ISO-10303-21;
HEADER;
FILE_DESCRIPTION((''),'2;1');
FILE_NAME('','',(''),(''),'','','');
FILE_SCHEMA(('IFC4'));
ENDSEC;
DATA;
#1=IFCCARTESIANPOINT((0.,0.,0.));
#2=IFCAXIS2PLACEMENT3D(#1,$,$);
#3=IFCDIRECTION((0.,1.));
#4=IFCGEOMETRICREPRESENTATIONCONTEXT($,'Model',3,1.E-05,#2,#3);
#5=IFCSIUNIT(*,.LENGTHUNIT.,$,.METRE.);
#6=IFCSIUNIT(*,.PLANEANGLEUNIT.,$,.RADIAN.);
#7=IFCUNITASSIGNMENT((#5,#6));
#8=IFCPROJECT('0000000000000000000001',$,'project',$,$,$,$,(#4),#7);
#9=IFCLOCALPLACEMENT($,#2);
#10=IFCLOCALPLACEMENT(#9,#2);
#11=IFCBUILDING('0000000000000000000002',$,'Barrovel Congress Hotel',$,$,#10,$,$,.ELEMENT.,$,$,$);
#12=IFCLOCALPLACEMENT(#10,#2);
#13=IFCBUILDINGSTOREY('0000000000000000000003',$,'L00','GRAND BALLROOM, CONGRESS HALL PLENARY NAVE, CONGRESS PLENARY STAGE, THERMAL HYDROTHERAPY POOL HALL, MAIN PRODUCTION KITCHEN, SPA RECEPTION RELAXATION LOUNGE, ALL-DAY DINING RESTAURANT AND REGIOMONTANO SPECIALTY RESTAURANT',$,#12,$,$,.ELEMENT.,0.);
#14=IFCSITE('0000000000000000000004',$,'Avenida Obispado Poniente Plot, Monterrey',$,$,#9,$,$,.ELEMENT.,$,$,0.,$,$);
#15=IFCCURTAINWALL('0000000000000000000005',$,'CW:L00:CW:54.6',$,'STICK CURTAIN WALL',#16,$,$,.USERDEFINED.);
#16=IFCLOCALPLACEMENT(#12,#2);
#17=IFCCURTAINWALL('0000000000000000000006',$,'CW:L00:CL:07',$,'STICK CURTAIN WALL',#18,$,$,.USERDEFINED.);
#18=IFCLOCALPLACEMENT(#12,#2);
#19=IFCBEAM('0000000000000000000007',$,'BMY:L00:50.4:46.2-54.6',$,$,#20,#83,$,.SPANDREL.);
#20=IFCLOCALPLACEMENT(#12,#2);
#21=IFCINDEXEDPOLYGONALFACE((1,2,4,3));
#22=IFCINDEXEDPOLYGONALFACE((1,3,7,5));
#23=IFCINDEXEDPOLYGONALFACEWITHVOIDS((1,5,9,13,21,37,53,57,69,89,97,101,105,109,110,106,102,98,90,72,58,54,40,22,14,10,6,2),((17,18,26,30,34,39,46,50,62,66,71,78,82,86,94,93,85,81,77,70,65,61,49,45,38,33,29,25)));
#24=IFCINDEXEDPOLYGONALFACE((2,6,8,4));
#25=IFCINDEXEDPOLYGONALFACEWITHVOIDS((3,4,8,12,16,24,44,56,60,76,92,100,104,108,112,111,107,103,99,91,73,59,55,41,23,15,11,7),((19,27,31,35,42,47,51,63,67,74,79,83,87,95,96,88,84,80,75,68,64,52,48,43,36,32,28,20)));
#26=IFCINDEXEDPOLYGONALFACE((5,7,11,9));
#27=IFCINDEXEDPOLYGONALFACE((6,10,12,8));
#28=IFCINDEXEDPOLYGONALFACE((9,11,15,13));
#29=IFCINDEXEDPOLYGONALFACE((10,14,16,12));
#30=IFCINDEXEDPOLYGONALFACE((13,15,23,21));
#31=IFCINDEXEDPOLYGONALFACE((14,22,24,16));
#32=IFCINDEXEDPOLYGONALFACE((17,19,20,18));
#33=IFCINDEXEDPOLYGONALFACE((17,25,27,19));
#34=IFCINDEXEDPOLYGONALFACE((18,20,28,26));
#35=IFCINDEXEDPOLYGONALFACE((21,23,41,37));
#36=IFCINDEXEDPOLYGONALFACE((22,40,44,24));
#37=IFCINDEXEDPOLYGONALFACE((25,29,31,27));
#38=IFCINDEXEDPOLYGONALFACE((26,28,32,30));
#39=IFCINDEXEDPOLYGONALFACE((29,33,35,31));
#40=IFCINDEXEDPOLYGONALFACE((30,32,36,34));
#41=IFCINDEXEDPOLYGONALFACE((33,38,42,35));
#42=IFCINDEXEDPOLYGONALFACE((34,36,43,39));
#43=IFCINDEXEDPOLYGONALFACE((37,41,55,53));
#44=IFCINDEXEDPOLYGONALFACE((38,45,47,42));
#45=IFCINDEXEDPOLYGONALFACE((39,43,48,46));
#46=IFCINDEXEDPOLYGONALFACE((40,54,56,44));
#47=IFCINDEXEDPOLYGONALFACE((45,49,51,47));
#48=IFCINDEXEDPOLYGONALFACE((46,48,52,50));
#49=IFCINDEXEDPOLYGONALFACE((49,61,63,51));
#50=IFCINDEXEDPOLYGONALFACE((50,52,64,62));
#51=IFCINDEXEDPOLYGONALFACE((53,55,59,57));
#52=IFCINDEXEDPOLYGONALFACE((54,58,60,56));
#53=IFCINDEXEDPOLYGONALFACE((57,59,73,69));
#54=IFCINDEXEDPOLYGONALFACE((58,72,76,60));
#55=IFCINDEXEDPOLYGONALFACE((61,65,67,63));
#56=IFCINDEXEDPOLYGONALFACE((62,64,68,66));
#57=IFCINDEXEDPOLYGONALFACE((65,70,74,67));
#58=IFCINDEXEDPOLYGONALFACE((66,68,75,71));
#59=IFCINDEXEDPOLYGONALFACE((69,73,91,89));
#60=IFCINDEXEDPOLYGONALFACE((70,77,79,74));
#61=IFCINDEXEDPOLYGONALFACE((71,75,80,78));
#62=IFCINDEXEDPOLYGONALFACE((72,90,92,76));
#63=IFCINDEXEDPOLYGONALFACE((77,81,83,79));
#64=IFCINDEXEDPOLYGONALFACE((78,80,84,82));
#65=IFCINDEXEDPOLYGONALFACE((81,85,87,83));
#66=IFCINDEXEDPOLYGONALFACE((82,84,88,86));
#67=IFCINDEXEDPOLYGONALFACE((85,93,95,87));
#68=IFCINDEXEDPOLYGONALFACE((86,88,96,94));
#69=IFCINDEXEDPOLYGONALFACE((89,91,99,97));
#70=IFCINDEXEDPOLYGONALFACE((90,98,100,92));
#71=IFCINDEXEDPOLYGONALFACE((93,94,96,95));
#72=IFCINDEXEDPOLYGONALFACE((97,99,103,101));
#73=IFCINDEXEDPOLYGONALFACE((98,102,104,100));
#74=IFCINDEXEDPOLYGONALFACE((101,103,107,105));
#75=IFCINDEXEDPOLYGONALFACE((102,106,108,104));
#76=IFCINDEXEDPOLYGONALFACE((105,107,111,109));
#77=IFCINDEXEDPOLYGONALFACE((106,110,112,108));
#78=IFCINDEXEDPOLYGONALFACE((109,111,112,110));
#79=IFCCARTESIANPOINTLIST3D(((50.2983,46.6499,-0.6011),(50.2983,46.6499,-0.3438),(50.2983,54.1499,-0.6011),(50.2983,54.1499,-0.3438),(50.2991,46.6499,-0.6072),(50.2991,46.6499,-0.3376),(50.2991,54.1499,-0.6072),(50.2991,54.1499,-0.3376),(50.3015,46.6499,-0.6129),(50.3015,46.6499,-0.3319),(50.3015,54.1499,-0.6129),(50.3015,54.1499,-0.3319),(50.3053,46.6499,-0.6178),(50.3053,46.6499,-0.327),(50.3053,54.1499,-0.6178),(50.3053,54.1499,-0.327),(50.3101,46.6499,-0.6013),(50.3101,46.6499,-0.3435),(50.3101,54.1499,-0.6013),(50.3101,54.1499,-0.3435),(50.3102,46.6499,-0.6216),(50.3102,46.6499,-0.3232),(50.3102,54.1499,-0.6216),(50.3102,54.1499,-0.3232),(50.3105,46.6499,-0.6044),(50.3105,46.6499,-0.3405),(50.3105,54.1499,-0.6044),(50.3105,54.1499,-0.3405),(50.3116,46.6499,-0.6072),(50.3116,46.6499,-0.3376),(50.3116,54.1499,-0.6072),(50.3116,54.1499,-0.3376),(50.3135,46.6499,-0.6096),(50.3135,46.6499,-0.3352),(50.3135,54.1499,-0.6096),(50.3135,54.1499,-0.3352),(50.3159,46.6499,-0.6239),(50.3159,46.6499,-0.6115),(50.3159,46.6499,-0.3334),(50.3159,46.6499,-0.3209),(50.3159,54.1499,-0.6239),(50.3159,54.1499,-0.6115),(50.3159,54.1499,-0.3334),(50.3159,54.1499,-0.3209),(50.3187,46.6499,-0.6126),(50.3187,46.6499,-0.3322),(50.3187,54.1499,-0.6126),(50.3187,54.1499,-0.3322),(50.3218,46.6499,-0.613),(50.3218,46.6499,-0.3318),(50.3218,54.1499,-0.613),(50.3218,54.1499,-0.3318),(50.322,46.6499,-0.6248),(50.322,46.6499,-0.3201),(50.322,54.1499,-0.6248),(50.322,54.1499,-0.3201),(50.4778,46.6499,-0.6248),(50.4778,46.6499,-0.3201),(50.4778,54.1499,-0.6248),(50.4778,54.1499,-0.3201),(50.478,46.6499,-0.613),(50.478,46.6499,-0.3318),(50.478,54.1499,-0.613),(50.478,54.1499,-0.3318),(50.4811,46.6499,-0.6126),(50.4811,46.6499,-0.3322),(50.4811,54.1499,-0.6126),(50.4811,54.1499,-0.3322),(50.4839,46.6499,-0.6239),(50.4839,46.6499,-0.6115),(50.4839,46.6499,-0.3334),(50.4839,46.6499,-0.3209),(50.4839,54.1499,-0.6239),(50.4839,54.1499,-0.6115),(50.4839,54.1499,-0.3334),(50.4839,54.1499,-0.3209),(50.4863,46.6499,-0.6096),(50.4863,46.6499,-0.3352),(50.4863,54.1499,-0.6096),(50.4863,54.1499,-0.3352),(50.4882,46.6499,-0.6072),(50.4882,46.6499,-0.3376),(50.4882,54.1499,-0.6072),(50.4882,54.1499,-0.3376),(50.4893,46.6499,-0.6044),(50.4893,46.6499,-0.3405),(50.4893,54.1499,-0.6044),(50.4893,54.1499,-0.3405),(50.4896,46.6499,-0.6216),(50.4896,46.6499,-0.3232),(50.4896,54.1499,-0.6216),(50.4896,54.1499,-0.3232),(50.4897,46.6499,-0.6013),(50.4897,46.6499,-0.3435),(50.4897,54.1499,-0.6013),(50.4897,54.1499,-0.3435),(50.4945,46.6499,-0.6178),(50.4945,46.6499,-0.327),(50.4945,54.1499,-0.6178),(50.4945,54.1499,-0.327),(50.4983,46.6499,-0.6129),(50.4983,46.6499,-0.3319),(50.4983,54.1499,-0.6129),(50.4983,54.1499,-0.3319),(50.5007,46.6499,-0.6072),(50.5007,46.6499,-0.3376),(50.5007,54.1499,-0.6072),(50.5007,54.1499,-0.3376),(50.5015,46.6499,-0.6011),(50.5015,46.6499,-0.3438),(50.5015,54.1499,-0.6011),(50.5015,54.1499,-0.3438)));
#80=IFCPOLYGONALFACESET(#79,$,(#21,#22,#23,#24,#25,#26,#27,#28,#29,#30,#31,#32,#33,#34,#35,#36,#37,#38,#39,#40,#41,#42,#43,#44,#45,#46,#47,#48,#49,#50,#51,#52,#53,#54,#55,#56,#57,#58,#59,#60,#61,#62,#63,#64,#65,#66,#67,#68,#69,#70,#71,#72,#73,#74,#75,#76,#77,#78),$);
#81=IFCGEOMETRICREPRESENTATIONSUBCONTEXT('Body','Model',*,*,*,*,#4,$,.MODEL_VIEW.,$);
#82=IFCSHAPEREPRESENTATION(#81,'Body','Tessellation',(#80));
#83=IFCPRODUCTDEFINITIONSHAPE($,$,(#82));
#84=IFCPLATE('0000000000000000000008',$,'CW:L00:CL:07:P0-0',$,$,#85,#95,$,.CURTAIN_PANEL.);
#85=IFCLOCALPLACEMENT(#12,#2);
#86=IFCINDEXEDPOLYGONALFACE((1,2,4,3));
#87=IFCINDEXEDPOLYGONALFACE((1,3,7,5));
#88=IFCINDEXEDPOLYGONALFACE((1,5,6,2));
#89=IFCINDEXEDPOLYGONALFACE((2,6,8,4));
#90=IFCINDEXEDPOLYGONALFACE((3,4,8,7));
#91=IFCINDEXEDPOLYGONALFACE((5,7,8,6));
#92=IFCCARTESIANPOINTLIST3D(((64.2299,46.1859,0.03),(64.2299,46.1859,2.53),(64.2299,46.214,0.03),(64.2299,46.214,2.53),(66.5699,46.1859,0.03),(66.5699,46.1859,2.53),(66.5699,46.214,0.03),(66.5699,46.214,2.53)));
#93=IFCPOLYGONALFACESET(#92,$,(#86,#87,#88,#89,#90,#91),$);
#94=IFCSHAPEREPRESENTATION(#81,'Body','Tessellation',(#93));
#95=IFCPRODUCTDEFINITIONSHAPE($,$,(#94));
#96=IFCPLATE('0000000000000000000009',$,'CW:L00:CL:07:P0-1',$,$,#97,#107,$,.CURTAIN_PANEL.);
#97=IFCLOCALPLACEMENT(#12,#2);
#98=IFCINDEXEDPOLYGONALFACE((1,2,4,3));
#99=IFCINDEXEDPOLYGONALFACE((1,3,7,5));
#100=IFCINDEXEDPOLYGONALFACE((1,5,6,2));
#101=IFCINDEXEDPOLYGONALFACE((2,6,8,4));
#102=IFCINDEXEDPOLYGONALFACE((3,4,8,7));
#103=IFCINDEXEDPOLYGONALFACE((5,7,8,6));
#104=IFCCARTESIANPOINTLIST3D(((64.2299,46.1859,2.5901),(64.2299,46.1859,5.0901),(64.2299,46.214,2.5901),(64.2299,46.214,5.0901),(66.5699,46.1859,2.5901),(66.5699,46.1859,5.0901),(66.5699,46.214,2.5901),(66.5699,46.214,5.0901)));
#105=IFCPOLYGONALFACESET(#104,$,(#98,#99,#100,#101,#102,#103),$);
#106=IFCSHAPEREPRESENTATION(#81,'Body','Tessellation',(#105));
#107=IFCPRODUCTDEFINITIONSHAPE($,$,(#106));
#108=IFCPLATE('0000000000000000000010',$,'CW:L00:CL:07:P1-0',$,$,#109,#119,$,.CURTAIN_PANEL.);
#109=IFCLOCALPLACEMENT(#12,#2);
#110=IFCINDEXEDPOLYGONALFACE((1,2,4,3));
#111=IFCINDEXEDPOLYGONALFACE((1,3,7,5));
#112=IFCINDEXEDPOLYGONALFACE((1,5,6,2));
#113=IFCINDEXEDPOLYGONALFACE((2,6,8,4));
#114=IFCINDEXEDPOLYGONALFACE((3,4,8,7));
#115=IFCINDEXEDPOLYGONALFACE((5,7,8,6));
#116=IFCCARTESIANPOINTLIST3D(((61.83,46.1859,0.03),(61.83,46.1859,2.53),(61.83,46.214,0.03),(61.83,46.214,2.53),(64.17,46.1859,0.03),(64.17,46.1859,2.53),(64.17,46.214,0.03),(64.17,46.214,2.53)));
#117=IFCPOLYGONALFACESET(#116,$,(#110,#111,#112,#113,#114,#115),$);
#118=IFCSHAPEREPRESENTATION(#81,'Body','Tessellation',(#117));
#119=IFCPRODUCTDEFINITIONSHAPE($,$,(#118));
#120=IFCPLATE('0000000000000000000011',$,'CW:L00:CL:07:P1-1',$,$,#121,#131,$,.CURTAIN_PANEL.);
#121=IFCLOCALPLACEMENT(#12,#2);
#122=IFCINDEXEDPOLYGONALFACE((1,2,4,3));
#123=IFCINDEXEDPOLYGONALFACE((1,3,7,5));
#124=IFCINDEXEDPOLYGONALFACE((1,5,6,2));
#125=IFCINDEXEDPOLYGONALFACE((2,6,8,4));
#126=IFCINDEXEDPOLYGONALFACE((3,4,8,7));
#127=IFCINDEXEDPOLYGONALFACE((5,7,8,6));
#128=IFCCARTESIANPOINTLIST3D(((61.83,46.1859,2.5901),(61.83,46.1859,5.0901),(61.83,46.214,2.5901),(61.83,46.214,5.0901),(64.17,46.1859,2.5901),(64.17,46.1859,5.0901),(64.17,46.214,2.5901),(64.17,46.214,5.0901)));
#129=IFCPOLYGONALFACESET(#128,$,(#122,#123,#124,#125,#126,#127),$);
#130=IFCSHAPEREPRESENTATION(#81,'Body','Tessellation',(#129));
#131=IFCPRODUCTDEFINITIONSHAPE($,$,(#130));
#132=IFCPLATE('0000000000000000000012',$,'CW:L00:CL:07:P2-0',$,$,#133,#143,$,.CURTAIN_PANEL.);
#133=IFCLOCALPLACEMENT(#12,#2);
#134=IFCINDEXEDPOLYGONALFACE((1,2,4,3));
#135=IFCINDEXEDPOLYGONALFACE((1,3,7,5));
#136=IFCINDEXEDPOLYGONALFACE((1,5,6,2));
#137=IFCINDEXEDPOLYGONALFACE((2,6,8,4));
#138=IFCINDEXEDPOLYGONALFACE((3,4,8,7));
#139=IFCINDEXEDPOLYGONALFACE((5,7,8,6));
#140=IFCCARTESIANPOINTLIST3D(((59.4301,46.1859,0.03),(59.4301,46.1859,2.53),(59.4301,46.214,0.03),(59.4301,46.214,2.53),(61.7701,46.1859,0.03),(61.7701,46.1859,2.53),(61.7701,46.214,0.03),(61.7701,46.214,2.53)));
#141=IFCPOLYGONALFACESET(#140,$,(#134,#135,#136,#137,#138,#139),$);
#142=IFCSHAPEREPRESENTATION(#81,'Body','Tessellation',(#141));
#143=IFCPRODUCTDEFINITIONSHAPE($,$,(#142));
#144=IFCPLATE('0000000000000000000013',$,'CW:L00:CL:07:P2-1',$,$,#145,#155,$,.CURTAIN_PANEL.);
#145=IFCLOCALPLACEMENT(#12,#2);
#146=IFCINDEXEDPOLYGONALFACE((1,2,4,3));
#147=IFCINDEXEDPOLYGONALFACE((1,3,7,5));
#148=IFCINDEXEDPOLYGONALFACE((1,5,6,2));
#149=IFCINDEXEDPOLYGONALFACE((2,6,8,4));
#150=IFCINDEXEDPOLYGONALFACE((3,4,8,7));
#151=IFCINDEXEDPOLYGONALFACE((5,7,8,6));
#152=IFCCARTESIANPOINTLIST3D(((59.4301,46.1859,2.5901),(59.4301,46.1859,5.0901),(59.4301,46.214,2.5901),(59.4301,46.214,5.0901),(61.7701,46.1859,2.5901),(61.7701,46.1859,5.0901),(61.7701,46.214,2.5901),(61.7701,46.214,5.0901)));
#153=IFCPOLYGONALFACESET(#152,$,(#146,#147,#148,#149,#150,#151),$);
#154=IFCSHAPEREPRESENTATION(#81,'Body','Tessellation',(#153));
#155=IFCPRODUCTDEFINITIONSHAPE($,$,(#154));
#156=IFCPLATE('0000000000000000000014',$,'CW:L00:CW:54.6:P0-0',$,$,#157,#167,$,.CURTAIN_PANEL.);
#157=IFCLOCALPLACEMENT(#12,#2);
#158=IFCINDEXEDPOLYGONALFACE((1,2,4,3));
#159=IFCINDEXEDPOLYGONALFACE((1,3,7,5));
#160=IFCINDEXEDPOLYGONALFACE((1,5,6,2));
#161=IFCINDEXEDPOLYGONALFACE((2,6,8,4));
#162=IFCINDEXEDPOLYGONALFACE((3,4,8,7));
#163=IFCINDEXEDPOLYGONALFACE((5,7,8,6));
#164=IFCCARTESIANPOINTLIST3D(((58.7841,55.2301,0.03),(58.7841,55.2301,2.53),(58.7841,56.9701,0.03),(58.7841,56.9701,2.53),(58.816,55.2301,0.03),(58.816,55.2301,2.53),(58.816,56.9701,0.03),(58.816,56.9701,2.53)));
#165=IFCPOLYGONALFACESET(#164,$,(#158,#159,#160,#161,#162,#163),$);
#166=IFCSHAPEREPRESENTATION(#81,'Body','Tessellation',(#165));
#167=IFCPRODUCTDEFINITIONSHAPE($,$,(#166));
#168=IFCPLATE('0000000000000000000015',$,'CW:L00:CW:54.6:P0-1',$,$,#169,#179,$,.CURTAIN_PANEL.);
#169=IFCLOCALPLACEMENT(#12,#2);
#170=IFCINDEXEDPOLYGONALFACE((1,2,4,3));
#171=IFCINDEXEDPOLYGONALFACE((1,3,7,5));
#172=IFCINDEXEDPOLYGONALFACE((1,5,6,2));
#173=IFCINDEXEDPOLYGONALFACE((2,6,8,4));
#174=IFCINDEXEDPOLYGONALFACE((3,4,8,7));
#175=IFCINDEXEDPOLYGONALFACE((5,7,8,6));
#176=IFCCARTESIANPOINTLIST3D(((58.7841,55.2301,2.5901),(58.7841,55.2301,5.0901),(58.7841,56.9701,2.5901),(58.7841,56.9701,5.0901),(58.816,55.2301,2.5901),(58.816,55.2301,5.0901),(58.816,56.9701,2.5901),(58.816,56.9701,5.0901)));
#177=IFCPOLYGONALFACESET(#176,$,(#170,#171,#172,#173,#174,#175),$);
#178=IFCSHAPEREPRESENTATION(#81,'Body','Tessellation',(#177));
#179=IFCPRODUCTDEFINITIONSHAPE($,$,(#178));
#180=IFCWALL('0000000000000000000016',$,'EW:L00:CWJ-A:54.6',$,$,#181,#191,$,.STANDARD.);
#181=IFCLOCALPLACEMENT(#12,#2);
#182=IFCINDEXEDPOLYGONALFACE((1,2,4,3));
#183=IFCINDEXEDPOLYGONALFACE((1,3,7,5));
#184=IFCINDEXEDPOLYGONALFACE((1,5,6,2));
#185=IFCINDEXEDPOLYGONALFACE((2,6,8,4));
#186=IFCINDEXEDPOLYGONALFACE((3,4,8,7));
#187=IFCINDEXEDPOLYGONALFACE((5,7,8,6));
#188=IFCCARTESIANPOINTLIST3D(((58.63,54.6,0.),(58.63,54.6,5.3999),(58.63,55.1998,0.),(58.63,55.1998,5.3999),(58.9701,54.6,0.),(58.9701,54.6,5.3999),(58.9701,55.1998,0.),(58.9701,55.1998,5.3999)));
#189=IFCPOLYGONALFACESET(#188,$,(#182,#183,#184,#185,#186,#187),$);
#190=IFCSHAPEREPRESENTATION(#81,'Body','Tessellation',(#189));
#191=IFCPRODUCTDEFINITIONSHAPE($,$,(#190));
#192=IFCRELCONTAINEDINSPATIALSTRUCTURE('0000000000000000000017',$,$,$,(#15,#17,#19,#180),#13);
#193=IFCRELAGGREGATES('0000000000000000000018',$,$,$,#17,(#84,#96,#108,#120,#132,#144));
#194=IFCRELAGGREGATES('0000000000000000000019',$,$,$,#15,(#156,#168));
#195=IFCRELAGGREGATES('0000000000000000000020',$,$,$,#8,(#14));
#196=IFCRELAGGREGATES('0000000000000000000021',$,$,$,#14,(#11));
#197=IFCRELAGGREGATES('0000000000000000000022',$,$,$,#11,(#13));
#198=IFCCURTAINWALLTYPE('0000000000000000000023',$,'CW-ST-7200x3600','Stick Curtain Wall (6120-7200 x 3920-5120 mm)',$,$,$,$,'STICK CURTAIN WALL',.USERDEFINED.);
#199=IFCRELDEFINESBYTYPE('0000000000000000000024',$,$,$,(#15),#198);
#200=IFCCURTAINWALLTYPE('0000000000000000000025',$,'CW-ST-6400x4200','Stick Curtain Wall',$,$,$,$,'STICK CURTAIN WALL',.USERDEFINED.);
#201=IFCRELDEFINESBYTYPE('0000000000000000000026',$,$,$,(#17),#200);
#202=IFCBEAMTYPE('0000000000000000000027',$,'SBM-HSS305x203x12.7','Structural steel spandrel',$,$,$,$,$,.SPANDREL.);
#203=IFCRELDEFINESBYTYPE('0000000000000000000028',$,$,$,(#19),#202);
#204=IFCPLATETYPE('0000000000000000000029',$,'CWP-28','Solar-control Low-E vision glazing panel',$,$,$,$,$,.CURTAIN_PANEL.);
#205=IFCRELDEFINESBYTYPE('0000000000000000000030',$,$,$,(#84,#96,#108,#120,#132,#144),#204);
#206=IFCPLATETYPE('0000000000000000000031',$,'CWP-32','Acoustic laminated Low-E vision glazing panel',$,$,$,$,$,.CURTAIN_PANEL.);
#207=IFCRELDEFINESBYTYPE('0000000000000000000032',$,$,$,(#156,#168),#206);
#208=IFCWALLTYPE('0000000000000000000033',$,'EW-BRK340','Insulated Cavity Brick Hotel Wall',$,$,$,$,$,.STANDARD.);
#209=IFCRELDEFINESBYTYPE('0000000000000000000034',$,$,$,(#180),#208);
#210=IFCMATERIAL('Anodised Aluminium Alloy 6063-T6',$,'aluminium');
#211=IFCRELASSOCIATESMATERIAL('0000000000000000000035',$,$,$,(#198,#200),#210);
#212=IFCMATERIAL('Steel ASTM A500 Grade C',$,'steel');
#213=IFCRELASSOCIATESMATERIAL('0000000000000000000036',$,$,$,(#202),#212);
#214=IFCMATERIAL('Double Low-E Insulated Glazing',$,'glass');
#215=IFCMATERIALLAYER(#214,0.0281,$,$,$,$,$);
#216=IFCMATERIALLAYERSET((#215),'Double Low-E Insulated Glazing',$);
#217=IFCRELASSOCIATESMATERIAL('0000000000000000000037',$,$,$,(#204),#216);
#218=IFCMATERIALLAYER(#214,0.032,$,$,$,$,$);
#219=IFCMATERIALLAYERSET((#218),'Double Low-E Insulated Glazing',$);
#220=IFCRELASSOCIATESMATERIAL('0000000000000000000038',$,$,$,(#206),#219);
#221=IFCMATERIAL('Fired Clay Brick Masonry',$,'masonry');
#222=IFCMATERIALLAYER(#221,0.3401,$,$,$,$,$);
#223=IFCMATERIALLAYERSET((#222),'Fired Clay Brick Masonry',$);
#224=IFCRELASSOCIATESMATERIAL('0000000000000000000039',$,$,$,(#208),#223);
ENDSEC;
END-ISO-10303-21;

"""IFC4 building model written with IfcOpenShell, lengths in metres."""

from ifc_helpers import new_model, si_unit, direction, frame, frame_2d, origin, origin_2d, place, context, subcontext, project, spatial, rectangle, hollow_rectangle, extrude, material, layer, layer_set, material_profile, profile_set, type_object, element, aggregate, save


model = new_model("IFC4")

# Units and contexts
model_context = context("Model", 3, precision=1e-05, world=origin(), true_north=direction((0.0, 1.0)))
body_context = subcontext(model_context, "Body", "Model", "MODEL_VIEW")
ifc_project = project(units=[si_unit("LENGTHUNIT", "METRE"), si_unit("PLANEANGLEUNIT", "RADIAN")], contexts=[model_context])

# Site, building, storey
site_placement = place(None, origin())
site = spatial("IfcSite", under=ifc_project, at=site_placement, Name="Avenida Obispado Poniente Plot, Monterrey", CompositionType="ELEMENT", RefElevation=0.0)
building_placement = place(site_placement, origin())
building = spatial("IfcBuilding", under=site, at=building_placement, Name="Barrovel Congress Hotel", CompositionType="ELEMENT")
storey_placement = place(building_placement, origin())
storey = spatial("IfcBuildingStorey", under=building, at=storey_placement, Name="L00", Description="GRAND BALLROOM, CONGRESS HALL PLENARY NAVE, CONGRESS PLENARY STAGE, THERMAL HYDROTHERAPY POOL HALL, MAIN PRODUCTION KITCHEN, SPA RECEPTION RELAXATION LOUNGE, ALL-DAY DINING RESTAURANT AND REGIOMONTANO SPECIALTY RESTAURANT", CompositionType="ELEMENT", Elevation=0.0)

# Curtain wall
ifc_material_1 = material(Name="Anodised Aluminium Alloy 6063-T6", Category="aluminium")
curtain_wall_type_1 = type_object("IfcCurtainWallType", Name="CW-ST-7200x3600", Description="Stick Curtain Wall (6120-7200 x 3920-5120 mm)", ElementType="STICK CURTAIN WALL", PredefinedType="USERDEFINED", material=ifc_material_1)
curtain_wall_1_placement = place(storey_placement, origin())
curtain_wall_1 = element("IfcCurtainWall", 1, at=curtain_wall_1_placement, inside=storey, type_object=curtain_wall_type_1, Name="CW:L00:CW:54.6", ObjectType="STICK CURTAIN WALL", PredefinedType="USERDEFINED")

# Curtain wall
curtain_wall_type_2 = type_object("IfcCurtainWallType", Name="CW-ST-6400x4200", Description="Stick Curtain Wall", ElementType="STICK CURTAIN WALL", PredefinedType="USERDEFINED", material=ifc_material_1)
curtain_wall_2_placement = place(storey_placement, origin())
curtain_wall_2 = element("IfcCurtainWall", 2, at=curtain_wall_2_placement, inside=storey, type_object=curtain_wall_type_2, Name="CW:L00:CL:07", ObjectType="STICK CURTAIN WALL", PredefinedType="USERDEFINED")

# Beam
ifc_material_2 = material(Name="Steel ASTM A500 Grade C", Category="steel")
ifc_material_profile_1 = material_profile(ifc_material_2, hollow_rectangle(XDim=0.2031, YDim=0.3047, WallThickness=0.0117, InnerFilletRadius=0.0117, OuterFilletRadius=0.0237, at=origin_2d()), Name="HSS305x203x12.7")
ifc_profile_set_1 = profile_set([ifc_material_profile_1], Name="Steel ASTM A500 Grade C")
beam_type_1 = type_object("IfcBeamType", Name="SBM-HSS305x203x12.7", Description="Structural steel spandrel", PredefinedType="SPANDREL", material=ifc_profile_set_1)
beam_1_placement = place(storey_placement, frame((50.3999, 46.6499, -0.4724), z_axis=(0.0, 1.0, 0.0), x_axis=(-1.0, 0.0, 0.0)))
element("IfcBeam", 3, at=beam_1_placement, inside=storey, type_object=beam_type_1, Name="BMY:L00:50.4:46.2-54.6", PredefinedType="SPANDREL", context=body_context, shape_type="SweptSolid", body=[
    extrude(hollow_rectangle(XDim=0.2031, YDim=0.3047, WallThickness=0.0117, InnerFilletRadius=0.0117, OuterFilletRadius=0.0237, at=origin_2d()), origin(), (0.0, 0.0, 1.0), 7.5),
])

# Plates
ifc_material_3 = material(Name="Double Low-E Insulated Glazing", Category="glass")
ifc_layer_1 = layer(ifc_material_3, 0.0281)
ifc_layer_set_1 = layer_set([ifc_layer_1], Name="Double Low-E Insulated Glazing")
plate_type_1 = type_object("IfcPlateType", Name="CWP-28", Description="Solar-control Low-E vision glazing panel", PredefinedType="CURTAIN_PANEL", material=ifc_layer_set_1)
plate_1_placement = place(storey_placement, frame((65.3999, 46.2, 0.03), z_axis=(0.0, 0.0, 1.0), x_axis=(-1.0, 0.0, 0.0)))
plate_1 = element("IfcPlate", 4, at=plate_1_placement, type_object=plate_type_1, Name="CW:L00:CL:07:P0-0", PredefinedType="CURTAIN_PANEL", context=body_context, shape_type="SweptSolid", body=[
    extrude(rectangle(XDim=2.3401, YDim=0.0281, at=origin_2d()), origin(), (0.0, 0.0, 1.0), 2.5),
])
plate_2_placement = place(storey_placement, frame((65.3999, 46.2, 2.5901), z_axis=(0.0, 0.0, 1.0), x_axis=(-1.0, 0.0, 0.0)))
plate_2 = element("IfcPlate", 5, at=plate_2_placement, type_object=plate_type_1, Name="CW:L00:CL:07:P0-1", PredefinedType="CURTAIN_PANEL", context=body_context, shape_type="SweptSolid", body=[
    extrude(rectangle(XDim=2.3401, YDim=0.0281, at=origin_2d()), origin(), (0.0, 0.0, 1.0), 2.5),
])
plate_3_placement = place(storey_placement, frame((63.0, 46.2, 0.03), z_axis=(0.0, 0.0, 1.0), x_axis=(-1.0, 0.0, 0.0)))
plate_3 = element("IfcPlate", 6, at=plate_3_placement, type_object=plate_type_1, Name="CW:L00:CL:07:P1-0", PredefinedType="CURTAIN_PANEL", context=body_context, shape_type="SweptSolid", body=[
    extrude(rectangle(XDim=2.3401, YDim=0.0281, at=origin_2d()), origin(), (0.0, 0.0, 1.0), 2.5),
])
plate_4_placement = place(storey_placement, frame((63.0, 46.2, 2.5901), z_axis=(0.0, 0.0, 1.0), x_axis=(-1.0, 0.0, 0.0)))
plate_4 = element("IfcPlate", 7, at=plate_4_placement, type_object=plate_type_1, Name="CW:L00:CL:07:P1-1", PredefinedType="CURTAIN_PANEL", context=body_context, shape_type="SweptSolid", body=[
    extrude(rectangle(XDim=2.3401, YDim=0.0281, at=origin_2d()), origin(), (0.0, 0.0, 1.0), 2.5),
])
plate_5_placement = place(storey_placement, frame((60.6001, 46.2, 0.03), z_axis=(0.0, 0.0, 1.0), x_axis=(-1.0, 0.0, 0.0)))
plate_5 = element("IfcPlate", 8, at=plate_5_placement, type_object=plate_type_1, Name="CW:L00:CL:07:P2-0", PredefinedType="CURTAIN_PANEL", context=body_context, shape_type="SweptSolid", body=[
    extrude(rectangle(XDim=2.3401, YDim=0.0281, at=origin_2d()), origin(), (0.0, 0.0, 1.0), 2.5),
])
plate_6_placement = place(storey_placement, frame((60.6001, 46.2, 2.5901), z_axis=(0.0, 0.0, 1.0), x_axis=(-1.0, 0.0, 0.0)))
plate_6 = element("IfcPlate", 9, at=plate_6_placement, type_object=plate_type_1, Name="CW:L00:CL:07:P2-1", PredefinedType="CURTAIN_PANEL", context=body_context, shape_type="SweptSolid", body=[
    extrude(rectangle(XDim=2.3401, YDim=0.0281, at=origin_2d()), origin(), (0.0, 0.0, 1.0), 2.5),
])
aggregate(curtain_wall_2, [plate_1, plate_2, plate_3, plate_4, plate_5, plate_6])
ifc_layer_2 = layer(ifc_material_3, 0.032)
ifc_layer_set_2 = layer_set([ifc_layer_2], Name="Double Low-E Insulated Glazing")
plate_type_2 = type_object("IfcPlateType", Name="CWP-32", Description="Acoustic laminated Low-E vision glazing panel", PredefinedType="CURTAIN_PANEL", material=ifc_layer_set_2)
plate_7_placement = place(storey_placement, frame((58.8, 56.1001, 0.03), z_axis=(0.0, 0.0, 1.0), x_axis=(0.0, 1.0, 0.0)))
plate_7 = element("IfcPlate", 10, at=plate_7_placement, type_object=plate_type_2, Name="CW:L00:CW:54.6:P0-0", PredefinedType="CURTAIN_PANEL", context=body_context, shape_type="SweptSolid", body=[
    extrude(rectangle(XDim=1.74, YDim=0.032, at=origin_2d()), origin(), (0.0, 0.0, 1.0), 2.5),
])
plate_8_placement = place(storey_placement, frame((58.8, 56.1001, 2.5901), z_axis=(0.0, 0.0, 1.0), x_axis=(0.0, 1.0, 0.0)))
plate_8 = element("IfcPlate", 11, at=plate_8_placement, type_object=plate_type_2, Name="CW:L00:CW:54.6:P0-1", PredefinedType="CURTAIN_PANEL", context=body_context, shape_type="SweptSolid", body=[
    extrude(rectangle(XDim=1.74, YDim=0.032, at=origin_2d()), origin(), (0.0, 0.0, 1.0), 2.5),
])
aggregate(curtain_wall_1, [plate_7, plate_8])

# Wall
ifc_material_4 = material(Name="Fired Clay Brick Masonry", Category="masonry")
ifc_layer_3 = layer(ifc_material_4, 0.3401)
ifc_layer_set_3 = layer_set([ifc_layer_3], Name="Fired Clay Brick Masonry")
wall_type_1 = type_object("IfcWallType", Name="EW-BRK340", Description="Insulated Cavity Brick Hotel Wall", PredefinedType="STANDARD", material=ifc_layer_set_3)
wall_1_placement = place(storey_placement, frame((58.8, 54.6001, 0.0), z_axis=(0.0, 0.0, 1.0), x_axis=(0.0, 1.0, 0.0)))
element("IfcWall", 12, at=wall_1_placement, inside=storey, type_object=wall_type_1, Name="EW:L00:CWJ-A:54.6", PredefinedType="STANDARD", context=body_context, shape_type="SweptSolid", body=[
    extrude(rectangle(XDim=0.5999, YDim=0.3401, at=frame_2d((0.2998, 0.0))), origin(), (0.0, 0.0, 1.0), 5.3999),
])

save(model, "model.ifc")
